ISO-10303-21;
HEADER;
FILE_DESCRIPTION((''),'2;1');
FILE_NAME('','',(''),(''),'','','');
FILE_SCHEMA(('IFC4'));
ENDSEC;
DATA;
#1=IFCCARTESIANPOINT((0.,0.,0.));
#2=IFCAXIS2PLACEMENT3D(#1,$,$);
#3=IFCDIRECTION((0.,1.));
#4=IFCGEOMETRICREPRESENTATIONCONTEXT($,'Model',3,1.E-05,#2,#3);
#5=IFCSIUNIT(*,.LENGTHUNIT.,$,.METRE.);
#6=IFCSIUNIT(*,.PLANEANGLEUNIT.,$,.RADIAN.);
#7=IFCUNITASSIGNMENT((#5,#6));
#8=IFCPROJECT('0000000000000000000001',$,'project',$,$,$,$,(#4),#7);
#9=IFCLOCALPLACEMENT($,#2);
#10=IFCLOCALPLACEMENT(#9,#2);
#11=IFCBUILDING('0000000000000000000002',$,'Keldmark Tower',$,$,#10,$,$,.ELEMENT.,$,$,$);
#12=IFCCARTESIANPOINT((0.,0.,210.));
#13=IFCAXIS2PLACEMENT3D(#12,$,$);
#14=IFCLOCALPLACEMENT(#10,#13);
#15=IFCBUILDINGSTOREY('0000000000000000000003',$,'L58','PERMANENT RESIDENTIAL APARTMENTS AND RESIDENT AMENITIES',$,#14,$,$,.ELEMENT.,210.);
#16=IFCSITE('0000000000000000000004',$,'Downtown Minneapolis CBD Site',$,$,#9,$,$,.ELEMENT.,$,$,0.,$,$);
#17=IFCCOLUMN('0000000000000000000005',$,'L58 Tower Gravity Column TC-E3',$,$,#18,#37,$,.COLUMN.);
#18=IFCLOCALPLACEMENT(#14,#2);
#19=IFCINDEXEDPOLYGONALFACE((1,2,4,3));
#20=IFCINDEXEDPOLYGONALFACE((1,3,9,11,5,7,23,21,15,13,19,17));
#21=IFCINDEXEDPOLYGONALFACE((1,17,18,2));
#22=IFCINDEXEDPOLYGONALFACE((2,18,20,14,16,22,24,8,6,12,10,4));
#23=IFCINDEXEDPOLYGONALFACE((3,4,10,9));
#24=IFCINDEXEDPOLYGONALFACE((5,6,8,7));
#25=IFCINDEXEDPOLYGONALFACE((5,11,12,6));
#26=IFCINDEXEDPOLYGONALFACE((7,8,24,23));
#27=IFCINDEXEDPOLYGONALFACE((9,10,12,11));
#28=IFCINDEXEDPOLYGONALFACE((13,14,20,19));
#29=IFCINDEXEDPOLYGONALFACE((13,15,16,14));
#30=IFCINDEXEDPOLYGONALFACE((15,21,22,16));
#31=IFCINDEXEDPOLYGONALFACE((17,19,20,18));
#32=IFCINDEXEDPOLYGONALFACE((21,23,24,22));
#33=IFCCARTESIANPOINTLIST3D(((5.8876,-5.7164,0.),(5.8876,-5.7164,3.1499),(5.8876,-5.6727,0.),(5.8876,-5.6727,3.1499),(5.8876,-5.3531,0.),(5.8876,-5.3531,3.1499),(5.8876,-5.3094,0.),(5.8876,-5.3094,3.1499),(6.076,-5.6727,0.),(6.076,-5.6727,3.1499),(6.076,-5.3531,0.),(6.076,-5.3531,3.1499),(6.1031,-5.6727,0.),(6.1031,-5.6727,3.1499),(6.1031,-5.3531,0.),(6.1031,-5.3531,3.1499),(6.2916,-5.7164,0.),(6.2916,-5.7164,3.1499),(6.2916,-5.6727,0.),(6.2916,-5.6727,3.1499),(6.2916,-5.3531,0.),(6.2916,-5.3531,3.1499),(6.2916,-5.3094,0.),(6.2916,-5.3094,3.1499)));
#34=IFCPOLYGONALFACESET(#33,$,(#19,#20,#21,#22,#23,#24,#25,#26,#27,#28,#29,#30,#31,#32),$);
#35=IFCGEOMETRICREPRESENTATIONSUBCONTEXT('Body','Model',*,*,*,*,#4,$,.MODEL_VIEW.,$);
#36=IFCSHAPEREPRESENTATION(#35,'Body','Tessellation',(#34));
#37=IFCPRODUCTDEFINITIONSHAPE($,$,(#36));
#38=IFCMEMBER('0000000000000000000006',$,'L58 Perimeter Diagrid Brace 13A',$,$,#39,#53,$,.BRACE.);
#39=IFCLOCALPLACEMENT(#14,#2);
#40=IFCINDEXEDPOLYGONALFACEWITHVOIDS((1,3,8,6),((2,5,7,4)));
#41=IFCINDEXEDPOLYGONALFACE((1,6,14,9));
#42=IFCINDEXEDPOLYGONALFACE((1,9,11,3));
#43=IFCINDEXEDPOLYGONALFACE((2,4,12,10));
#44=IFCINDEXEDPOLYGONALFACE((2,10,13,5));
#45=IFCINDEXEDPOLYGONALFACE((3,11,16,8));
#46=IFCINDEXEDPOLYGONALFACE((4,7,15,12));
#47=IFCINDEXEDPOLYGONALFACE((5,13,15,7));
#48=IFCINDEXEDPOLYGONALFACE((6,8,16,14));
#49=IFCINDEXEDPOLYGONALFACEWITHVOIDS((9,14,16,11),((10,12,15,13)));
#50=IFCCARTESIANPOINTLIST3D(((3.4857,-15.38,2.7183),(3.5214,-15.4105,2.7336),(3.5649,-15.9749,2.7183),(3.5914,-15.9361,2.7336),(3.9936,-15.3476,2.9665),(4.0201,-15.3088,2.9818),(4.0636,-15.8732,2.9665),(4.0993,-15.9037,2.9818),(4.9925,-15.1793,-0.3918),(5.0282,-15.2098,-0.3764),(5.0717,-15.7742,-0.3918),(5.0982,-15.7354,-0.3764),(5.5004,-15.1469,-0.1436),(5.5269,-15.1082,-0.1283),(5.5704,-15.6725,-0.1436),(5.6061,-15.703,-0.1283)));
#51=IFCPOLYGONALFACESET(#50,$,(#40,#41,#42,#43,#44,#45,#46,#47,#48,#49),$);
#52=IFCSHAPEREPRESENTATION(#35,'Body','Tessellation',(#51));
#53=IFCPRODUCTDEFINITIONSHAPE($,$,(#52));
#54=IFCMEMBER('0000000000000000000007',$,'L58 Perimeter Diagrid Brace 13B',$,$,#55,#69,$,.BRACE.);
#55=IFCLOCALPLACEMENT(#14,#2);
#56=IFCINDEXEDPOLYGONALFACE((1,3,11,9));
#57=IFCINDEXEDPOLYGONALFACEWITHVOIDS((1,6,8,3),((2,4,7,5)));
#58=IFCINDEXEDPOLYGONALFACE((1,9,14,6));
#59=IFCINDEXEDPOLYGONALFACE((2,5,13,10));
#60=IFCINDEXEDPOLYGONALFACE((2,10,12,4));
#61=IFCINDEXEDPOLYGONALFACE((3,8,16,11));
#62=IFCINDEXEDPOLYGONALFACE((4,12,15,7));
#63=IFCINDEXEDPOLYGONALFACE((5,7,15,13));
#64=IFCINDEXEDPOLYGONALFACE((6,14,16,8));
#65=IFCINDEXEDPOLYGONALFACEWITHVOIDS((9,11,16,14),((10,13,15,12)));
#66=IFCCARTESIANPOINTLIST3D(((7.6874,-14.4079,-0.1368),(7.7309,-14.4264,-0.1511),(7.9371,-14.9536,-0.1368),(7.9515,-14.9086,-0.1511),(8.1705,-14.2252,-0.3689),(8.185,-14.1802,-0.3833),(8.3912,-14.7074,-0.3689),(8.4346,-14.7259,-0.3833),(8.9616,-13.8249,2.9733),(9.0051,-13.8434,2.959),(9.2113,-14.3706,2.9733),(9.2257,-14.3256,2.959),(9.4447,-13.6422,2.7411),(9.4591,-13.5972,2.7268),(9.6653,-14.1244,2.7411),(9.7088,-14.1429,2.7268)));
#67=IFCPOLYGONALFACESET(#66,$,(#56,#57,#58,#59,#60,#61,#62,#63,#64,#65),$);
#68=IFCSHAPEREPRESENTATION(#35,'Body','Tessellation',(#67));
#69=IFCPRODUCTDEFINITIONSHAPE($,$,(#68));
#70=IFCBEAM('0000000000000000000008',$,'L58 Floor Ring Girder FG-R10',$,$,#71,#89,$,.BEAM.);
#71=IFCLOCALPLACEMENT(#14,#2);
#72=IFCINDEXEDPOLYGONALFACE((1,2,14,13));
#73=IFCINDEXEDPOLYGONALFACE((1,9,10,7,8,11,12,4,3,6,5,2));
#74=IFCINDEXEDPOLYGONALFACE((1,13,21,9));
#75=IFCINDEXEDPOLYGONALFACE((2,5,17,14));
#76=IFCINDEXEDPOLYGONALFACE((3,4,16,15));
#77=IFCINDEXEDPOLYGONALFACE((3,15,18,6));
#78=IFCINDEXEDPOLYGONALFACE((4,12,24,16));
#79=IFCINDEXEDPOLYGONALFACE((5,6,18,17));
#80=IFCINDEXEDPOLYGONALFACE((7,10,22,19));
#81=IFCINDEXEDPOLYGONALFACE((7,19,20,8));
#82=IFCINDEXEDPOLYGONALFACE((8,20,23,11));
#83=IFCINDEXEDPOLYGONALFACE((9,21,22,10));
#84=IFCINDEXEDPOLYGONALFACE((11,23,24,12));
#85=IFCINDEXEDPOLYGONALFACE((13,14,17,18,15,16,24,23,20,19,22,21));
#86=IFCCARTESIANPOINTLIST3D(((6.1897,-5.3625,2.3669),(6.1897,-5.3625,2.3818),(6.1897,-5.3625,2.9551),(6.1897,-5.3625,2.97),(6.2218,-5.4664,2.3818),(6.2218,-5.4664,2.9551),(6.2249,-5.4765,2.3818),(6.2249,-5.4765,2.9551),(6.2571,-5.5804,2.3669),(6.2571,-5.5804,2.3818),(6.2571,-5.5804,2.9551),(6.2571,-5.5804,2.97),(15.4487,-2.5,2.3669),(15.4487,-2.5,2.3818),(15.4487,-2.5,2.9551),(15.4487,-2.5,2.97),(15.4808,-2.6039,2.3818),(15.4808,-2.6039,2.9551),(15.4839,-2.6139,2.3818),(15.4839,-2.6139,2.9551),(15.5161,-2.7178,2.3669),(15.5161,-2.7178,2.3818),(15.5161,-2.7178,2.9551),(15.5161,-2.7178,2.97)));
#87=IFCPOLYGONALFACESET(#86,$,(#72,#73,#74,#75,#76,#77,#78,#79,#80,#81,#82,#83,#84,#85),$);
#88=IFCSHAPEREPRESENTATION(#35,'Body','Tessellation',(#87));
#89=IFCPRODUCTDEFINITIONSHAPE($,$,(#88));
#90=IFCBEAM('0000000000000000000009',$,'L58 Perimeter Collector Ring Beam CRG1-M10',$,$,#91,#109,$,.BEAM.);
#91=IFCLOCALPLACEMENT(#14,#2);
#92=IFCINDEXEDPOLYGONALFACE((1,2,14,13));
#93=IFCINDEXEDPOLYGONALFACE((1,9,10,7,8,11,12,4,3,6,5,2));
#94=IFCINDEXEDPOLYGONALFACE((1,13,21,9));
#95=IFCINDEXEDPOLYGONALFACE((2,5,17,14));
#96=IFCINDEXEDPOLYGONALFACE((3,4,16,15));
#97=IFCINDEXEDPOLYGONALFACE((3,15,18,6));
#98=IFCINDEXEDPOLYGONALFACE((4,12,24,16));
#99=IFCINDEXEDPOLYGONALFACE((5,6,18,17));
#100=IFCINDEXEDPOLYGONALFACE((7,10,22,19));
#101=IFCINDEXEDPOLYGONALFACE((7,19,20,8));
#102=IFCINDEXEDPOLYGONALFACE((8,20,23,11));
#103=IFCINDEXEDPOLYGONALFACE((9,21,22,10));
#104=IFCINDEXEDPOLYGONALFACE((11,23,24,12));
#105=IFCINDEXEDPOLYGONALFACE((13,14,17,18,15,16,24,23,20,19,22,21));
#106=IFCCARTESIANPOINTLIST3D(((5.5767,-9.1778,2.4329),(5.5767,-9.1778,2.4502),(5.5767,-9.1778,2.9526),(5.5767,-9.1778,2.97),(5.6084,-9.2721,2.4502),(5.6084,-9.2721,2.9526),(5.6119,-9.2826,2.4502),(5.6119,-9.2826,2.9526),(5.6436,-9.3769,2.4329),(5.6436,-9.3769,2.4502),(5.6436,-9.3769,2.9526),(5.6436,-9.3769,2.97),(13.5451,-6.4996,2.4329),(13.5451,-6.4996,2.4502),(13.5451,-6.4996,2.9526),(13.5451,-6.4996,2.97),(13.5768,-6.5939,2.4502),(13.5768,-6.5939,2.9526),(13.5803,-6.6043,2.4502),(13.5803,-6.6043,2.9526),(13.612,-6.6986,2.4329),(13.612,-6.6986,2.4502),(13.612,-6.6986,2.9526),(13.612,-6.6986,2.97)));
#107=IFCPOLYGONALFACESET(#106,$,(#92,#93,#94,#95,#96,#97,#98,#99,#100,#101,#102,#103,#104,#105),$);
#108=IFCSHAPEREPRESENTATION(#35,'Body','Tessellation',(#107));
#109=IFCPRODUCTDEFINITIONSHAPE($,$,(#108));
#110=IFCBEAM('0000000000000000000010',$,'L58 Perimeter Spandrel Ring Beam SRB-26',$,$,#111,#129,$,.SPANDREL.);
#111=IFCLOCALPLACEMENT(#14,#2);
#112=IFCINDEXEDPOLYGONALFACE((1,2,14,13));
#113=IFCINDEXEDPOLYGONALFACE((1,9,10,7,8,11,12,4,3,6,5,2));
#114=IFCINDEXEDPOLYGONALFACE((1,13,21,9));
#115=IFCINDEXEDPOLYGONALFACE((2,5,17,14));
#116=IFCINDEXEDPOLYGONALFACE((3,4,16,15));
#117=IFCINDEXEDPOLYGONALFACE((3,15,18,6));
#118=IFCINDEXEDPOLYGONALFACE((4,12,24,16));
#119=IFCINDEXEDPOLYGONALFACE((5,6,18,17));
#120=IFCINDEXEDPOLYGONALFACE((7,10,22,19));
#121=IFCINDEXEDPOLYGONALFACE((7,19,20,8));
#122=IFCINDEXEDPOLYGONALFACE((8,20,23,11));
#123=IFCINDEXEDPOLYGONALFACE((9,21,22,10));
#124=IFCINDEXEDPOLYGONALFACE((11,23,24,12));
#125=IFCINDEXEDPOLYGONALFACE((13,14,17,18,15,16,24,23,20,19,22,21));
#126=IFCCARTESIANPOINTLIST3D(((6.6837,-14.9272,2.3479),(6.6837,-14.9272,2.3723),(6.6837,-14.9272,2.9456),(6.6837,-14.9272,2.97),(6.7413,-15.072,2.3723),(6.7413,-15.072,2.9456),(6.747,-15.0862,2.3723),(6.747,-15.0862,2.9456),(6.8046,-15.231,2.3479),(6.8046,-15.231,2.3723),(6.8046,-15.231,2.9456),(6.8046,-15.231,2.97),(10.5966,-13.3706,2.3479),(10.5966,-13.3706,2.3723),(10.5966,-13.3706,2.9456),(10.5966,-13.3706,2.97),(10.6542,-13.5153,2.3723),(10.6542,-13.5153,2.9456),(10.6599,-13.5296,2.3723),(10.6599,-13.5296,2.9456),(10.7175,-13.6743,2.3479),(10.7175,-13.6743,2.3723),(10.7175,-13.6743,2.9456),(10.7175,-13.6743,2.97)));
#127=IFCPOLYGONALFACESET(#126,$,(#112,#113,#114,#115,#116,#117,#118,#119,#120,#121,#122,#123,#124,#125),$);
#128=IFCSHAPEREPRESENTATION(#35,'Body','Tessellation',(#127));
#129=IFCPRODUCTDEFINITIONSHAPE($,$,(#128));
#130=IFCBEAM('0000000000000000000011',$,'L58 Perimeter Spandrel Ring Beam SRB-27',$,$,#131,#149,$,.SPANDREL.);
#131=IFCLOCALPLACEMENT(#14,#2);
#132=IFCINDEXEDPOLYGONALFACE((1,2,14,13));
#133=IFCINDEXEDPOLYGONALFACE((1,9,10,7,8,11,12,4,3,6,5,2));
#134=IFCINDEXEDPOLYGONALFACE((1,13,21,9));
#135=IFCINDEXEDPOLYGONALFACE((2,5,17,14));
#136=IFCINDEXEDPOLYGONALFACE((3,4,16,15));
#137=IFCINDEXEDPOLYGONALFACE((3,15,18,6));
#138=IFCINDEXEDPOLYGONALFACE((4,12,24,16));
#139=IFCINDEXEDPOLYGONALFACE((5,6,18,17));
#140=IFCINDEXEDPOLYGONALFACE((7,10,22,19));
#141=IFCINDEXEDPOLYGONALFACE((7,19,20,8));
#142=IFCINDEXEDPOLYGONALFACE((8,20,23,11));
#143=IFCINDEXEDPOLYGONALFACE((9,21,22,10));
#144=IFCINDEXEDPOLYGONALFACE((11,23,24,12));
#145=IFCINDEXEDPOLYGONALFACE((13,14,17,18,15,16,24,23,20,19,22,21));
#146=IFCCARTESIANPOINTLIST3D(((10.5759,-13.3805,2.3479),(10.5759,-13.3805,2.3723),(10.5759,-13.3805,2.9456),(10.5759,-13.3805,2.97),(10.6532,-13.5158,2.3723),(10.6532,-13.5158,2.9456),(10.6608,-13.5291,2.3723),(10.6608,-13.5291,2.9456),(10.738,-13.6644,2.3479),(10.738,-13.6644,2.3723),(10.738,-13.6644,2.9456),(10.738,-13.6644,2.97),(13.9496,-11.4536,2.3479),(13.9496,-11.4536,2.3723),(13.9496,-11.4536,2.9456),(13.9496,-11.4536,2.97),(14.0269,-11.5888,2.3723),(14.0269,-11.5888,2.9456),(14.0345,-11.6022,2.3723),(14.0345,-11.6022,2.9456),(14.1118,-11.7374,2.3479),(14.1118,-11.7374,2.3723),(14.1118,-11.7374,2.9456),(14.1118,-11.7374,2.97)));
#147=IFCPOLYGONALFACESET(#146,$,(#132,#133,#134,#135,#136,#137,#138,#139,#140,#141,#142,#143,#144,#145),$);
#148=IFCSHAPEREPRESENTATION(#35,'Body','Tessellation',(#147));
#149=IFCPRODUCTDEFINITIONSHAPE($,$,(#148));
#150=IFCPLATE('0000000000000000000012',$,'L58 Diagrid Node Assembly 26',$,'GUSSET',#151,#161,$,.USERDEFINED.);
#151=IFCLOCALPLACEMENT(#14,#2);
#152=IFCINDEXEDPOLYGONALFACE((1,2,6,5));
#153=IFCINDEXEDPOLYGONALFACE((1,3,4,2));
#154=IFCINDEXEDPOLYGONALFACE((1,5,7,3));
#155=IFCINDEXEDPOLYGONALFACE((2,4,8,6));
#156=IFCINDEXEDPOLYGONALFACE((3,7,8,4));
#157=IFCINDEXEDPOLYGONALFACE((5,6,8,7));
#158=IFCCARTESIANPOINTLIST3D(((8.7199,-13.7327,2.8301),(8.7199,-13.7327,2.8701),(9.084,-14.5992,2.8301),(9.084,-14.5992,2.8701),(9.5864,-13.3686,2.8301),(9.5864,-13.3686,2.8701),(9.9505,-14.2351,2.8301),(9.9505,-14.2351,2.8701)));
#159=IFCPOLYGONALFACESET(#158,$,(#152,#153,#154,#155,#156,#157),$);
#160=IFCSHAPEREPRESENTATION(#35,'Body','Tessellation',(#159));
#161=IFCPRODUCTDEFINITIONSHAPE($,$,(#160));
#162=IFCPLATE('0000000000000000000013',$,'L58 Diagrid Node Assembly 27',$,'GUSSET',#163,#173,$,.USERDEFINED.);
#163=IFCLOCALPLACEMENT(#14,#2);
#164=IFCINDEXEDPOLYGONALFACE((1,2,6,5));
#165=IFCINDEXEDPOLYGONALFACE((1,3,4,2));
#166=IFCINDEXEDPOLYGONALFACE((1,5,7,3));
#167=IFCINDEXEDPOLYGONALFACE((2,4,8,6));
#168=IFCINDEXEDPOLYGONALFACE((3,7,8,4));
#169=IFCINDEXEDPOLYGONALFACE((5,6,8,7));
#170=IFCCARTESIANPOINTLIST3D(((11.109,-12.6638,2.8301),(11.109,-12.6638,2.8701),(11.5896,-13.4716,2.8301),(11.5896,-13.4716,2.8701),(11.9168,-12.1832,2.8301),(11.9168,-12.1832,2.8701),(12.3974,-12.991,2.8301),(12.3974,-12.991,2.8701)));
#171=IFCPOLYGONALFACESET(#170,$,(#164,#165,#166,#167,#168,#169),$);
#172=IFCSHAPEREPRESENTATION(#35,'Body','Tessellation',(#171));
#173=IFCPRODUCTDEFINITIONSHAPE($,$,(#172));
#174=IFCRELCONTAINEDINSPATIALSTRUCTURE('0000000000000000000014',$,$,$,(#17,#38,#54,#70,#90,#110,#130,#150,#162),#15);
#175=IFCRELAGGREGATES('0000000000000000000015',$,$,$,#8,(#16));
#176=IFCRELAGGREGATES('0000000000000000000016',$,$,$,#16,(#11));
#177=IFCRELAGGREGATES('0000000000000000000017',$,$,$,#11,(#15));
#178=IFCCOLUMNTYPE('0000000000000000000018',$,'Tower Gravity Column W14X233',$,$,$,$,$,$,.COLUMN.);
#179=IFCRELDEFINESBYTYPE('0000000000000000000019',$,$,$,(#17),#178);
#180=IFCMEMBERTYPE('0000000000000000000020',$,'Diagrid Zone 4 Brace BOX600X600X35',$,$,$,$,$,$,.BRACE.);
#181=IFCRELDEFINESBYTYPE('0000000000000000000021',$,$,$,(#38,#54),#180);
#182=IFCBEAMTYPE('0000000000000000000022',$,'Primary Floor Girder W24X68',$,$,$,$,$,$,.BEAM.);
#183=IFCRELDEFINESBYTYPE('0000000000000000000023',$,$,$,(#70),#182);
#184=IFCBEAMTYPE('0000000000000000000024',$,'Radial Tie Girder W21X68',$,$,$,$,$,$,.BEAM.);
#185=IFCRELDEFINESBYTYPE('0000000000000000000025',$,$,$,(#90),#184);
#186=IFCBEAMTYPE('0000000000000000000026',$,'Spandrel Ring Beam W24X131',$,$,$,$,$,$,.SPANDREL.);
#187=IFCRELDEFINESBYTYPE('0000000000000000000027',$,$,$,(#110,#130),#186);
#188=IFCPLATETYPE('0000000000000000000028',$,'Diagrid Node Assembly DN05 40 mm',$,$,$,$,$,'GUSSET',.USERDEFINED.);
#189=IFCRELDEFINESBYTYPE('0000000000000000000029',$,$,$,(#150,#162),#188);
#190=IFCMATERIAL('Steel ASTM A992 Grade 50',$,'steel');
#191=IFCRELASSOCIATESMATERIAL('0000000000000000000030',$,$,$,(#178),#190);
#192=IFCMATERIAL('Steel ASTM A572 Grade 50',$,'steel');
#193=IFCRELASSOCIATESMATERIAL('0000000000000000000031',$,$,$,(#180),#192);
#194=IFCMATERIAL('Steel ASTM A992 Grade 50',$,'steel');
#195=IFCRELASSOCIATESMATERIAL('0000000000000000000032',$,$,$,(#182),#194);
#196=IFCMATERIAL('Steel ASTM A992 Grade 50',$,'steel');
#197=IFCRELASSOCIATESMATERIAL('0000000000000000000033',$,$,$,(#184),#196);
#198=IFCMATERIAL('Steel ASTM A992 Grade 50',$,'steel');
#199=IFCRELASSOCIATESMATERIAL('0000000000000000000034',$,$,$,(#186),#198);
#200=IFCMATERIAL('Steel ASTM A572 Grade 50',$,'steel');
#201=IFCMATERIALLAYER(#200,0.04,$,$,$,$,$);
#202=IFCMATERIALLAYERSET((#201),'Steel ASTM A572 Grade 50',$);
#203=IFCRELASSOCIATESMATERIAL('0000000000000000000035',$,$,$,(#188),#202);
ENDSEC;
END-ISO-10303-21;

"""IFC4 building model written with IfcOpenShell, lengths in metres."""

from ifc_helpers import new_model, si_unit, direction, frame, origin, origin_2d, place, context, subcontext, project, spatial, rectangle, hollow_rectangle, i_section, extrude, material, layer, layer_set, material_profile, profile_set, type_object, element, save


model = new_model("IFC4")

# Units and contexts
model_context = context("Model", 3, precision=1e-05, world=origin(), true_north=direction((0.0, 1.0)))
body_context = subcontext(model_context, "Body", "Model", "MODEL_VIEW")
ifc_project = project(units=[si_unit("LENGTHUNIT", "METRE"), si_unit("PLANEANGLEUNIT", "RADIAN")], contexts=[model_context])

# Site, building, storey
site_placement = place(None, origin())
site = spatial("IfcSite", under=ifc_project, at=site_placement, Name="Downtown Minneapolis CBD Site", CompositionType="ELEMENT", RefElevation=0.0)
building_placement = place(site_placement, origin())
building = spatial("IfcBuilding", under=site, at=building_placement, Name="Keldmark Tower", CompositionType="ELEMENT")
storey_placement = place(building_placement, frame((0.0, 0.0, 210.0)))
storey = spatial("IfcBuildingStorey", under=building, at=storey_placement, Name="L58", Description="PERMANENT RESIDENTIAL APARTMENTS AND RESIDENT AMENITIES", CompositionType="ELEMENT", Elevation=210.0)

# Column
ifc_material_1 = material(Name="Steel ASTM A992 Grade 50", Category="steel")
ifc_material_profile_1 = material_profile(ifc_material_1, i_section(OverallWidth=0.4041, OverallDepth=0.407, WebThickness=0.0271, FlangeThickness=0.0437, at=origin_2d()), Name="W14X233")
ifc_profile_set_1 = profile_set([ifc_material_profile_1], Name="Steel ASTM A992 Grade 50")
column_type = type_object("IfcColumnType", Name="Tower Gravity Column W14X233", PredefinedType="COLUMN", material=ifc_profile_set_1)
column_placement = place(storey_placement, frame((6.0896, -5.5129, 0.0), z_axis=(0.0, 0.0, 1.0), x_axis=(1.0, 0.0, 0.0)))
element("IfcColumn", 1, at=column_placement, inside=storey, type_object=column_type, Name="L58 Tower Gravity Column TC-E3", PredefinedType="COLUMN", context=body_context, shape_type="SweptSolid", body=[
    extrude(i_section(OverallWidth=0.4041, OverallDepth=0.407, WebThickness=0.0271, FlangeThickness=0.0437, at=origin_2d()), origin(), (0.0, 0.0, 1.0), 3.1499),
])

# Members
ifc_material_2 = material(Name="Steel ASTM A572 Grade 50", Category="steel")
ifc_material_profile_2 = material_profile(ifc_material_2, hollow_rectangle(XDim=0.6001, YDim=0.6001, WallThickness=0.0349, at=origin_2d()), Name="BOX600X600X35")
ifc_profile_set_2 = profile_set([ifc_material_profile_2], Name="Steel ASTM A572 Grade 50")
member_type = type_object("IfcMemberType", Name="Diagrid Zone 4 Brace BOX600X600X35", PredefinedType="BRACE", material=ifc_profile_set_2)
member_1_placement = place(storey_placement, frame((5.2993, -15.4412, -0.26), z_axis=(-0.435284, -0.057972, 0.898425), x_axis=(0.132016, -0.991248, 0.0)))
element("IfcMember", 2, at=member_1_placement, inside=storey, type_object=member_type, Name="L58 Perimeter Diagrid Brace 13A", PredefinedType="BRACE", context=body_context, shape_type="SweptSolid", body=[
    extrude(hollow_rectangle(XDim=0.6001, YDim=0.6001, WallThickness=0.0349, at=origin_2d()), origin(), (0.0, 0.0, 1.0), 3.4617),
])
member_2_placement = place(storey_placement, frame((8.061, -14.5669, -0.26), z_axis=(0.373527, 0.170911, 0.911738), x_axis=(-0.416073, 0.909331, 0.0)))
element("IfcMember", 3, at=member_2_placement, inside=storey, type_object=member_type, Name="L58 Perimeter Diagrid Brace 13B", PredefinedType="BRACE", context=body_context, shape_type="SweptSolid", body=[
    extrude(hollow_rectangle(XDim=0.6001, YDim=0.6001, WallThickness=0.0349, at=origin_2d()), origin(), (0.0, 0.0, 1.0), 3.4111),
])

# Beams
ifc_material_3 = material(Name="Steel ASTM A992 Grade 50", Category="steel")
ifc_material_profile_3 = material_profile(ifc_material_3, i_section(OverallWidth=0.228, OverallDepth=0.603, WebThickness=0.0105, FlangeThickness=0.0149, at=origin_2d()), Name="W24X68")
ifc_profile_set_3 = profile_set([ifc_material_profile_3], Name="Steel ASTM A992 Grade 50")
beam_type_1 = type_object("IfcBeamType", Name="Primary Floor Girder W24X68", PredefinedType="BEAM", material=ifc_profile_set_3)
beam_1_placement = place(storey_placement, frame((6.2234, -5.4714, 2.6685), z_axis=(0.955383, 0.295369, 0.0), x_axis=(-0.295369, 0.955383, 0.0)))
element("IfcBeam", 4, at=beam_1_placement, inside=storey, type_object=beam_type_1, Name="L58 Floor Ring Girder FG-R10", PredefinedType="BEAM", context=body_context, shape_type="SweptSolid", body=[
    extrude(i_section(OverallWidth=0.228, OverallDepth=0.603, WebThickness=0.0105, FlangeThickness=0.0149, at=origin_2d()), origin(), (0.0, 0.0, 1.0), 9.6914),
])
ifc_material_4 = material(Name="Steel ASTM A992 Grade 50", Category="steel")
ifc_material_profile_4 = material_profile(ifc_material_4, i_section(OverallWidth=0.21, OverallDepth=0.5371, WebThickness=0.011, FlangeThickness=0.0173, at=origin_2d()), Name="W21X68")
ifc_profile_set_4 = profile_set([ifc_material_profile_4], Name="Steel ASTM A992 Grade 50")
beam_type_2 = type_object("IfcBeamType", Name="Radial Tie Girder W21X68", PredefinedType="BEAM", material=ifc_profile_set_4)
beam_2_placement = place(storey_placement, frame((5.6101, -9.2773, 2.7014), z_axis=(0.947893, 0.318588, 0.0), x_axis=(-0.318588, 0.947893, 0.0)))
element("IfcBeam", 5, at=beam_2_placement, inside=storey, type_object=beam_type_2, Name="L58 Perimeter Collector Ring Beam CRG1-M10", PredefinedType="BEAM", context=body_context, shape_type="SweptSolid", body=[
    extrude(i_section(OverallWidth=0.21, OverallDepth=0.5371, WebThickness=0.011, FlangeThickness=0.0173, at=origin_2d()), origin(), (0.0, 0.0, 1.0), 8.4065),
])
ifc_material_5 = material(Name="Steel ASTM A992 Grade 50", Category="steel")
ifc_material_profile_5 = material_profile(ifc_material_5, i_section(OverallWidth=0.3269, OverallDepth=0.6221, WebThickness=0.0154, FlangeThickness=0.0244, at=origin_2d()), Name="W24X131")
ifc_profile_set_5 = profile_set([ifc_material_profile_5], Name="Steel ASTM A992 Grade 50")
beam_type_3 = type_object("IfcBeamType", Name="Spandrel Ring Beam W24X131", PredefinedType="SPANDREL", material=ifc_profile_set_5)
beam_3_placement = place(storey_placement, frame((6.7441, -15.0791, 2.6589), z_axis=(0.929171, 0.369651, 0.0), x_axis=(-0.369651, 0.929171, 0.0)))
element("IfcBeam", 6, at=beam_3_placement, inside=storey, type_object=beam_type_3, Name="L58 Perimeter Spandrel Ring Beam SRB-26", PredefinedType="SPANDREL", context=body_context, shape_type="SweptSolid", body=[
    extrude(i_section(OverallWidth=0.3269, OverallDepth=0.6221, WebThickness=0.0154, FlangeThickness=0.0244, at=origin_2d()), origin(), (0.0, 0.0, 1.0), 4.2112),
])
beam_4_placement = place(storey_placement, frame((10.657, -13.5225, 2.6589), z_axis=(0.86834, 0.49597, 0.0), x_axis=(-0.49597, 0.86834, 0.0)))
element("IfcBeam", 7, at=beam_4_placement, inside=storey, type_object=beam_type_3, Name="L58 Perimeter Spandrel Ring Beam SRB-27", PredefinedType="SPANDREL", context=body_context, shape_type="SweptSolid", body=[
    extrude(i_section(OverallWidth=0.3269, OverallDepth=0.6221, WebThickness=0.0154, FlangeThickness=0.0244, at=origin_2d()), origin(), (0.0, 0.0, 1.0), 3.8853),
])

# Plates
ifc_material_6 = material(Name="Steel ASTM A572 Grade 50", Category="steel")
ifc_layer_1 = layer(ifc_material_6, 0.04)
ifc_layer_set_1 = layer_set([ifc_layer_1], Name="Steel ASTM A572 Grade 50")
plate_type = type_object("IfcPlateType", Name="Diagrid Node Assembly DN05 40 mm", ElementType="GUSSET", PredefinedType="USERDEFINED", material=ifc_layer_set_1)
for number, where, z_axis, x_axis, name in (
    (8, (9.3352, -13.9839, 2.8301), (0.0, 0.0, 1.0), (0.921931, 0.387355, 0.0), "L58 Diagrid Node Assembly 26"),
    (9, (11.7532, -12.8274, 2.8301), (0.0, 0.0, 1.0), (0.859406, 0.511293, 0.0), "L58 Diagrid Node Assembly 27"),
):
    element("IfcPlate", number, at=place(storey_placement, frame(where, z_axis=z_axis, x_axis=x_axis)), inside=storey, type_object=plate_type, Name=name, ObjectType="GUSSET", PredefinedType="USERDEFINED", context=body_context, shape_type="SweptSolid", body=[
        extrude(rectangle(XDim=0.9399, YDim=0.9399, at=origin_2d()), origin(), (0.0, 0.0, 1.0), 0.04),
    ])

save(model, "model.ifc")
